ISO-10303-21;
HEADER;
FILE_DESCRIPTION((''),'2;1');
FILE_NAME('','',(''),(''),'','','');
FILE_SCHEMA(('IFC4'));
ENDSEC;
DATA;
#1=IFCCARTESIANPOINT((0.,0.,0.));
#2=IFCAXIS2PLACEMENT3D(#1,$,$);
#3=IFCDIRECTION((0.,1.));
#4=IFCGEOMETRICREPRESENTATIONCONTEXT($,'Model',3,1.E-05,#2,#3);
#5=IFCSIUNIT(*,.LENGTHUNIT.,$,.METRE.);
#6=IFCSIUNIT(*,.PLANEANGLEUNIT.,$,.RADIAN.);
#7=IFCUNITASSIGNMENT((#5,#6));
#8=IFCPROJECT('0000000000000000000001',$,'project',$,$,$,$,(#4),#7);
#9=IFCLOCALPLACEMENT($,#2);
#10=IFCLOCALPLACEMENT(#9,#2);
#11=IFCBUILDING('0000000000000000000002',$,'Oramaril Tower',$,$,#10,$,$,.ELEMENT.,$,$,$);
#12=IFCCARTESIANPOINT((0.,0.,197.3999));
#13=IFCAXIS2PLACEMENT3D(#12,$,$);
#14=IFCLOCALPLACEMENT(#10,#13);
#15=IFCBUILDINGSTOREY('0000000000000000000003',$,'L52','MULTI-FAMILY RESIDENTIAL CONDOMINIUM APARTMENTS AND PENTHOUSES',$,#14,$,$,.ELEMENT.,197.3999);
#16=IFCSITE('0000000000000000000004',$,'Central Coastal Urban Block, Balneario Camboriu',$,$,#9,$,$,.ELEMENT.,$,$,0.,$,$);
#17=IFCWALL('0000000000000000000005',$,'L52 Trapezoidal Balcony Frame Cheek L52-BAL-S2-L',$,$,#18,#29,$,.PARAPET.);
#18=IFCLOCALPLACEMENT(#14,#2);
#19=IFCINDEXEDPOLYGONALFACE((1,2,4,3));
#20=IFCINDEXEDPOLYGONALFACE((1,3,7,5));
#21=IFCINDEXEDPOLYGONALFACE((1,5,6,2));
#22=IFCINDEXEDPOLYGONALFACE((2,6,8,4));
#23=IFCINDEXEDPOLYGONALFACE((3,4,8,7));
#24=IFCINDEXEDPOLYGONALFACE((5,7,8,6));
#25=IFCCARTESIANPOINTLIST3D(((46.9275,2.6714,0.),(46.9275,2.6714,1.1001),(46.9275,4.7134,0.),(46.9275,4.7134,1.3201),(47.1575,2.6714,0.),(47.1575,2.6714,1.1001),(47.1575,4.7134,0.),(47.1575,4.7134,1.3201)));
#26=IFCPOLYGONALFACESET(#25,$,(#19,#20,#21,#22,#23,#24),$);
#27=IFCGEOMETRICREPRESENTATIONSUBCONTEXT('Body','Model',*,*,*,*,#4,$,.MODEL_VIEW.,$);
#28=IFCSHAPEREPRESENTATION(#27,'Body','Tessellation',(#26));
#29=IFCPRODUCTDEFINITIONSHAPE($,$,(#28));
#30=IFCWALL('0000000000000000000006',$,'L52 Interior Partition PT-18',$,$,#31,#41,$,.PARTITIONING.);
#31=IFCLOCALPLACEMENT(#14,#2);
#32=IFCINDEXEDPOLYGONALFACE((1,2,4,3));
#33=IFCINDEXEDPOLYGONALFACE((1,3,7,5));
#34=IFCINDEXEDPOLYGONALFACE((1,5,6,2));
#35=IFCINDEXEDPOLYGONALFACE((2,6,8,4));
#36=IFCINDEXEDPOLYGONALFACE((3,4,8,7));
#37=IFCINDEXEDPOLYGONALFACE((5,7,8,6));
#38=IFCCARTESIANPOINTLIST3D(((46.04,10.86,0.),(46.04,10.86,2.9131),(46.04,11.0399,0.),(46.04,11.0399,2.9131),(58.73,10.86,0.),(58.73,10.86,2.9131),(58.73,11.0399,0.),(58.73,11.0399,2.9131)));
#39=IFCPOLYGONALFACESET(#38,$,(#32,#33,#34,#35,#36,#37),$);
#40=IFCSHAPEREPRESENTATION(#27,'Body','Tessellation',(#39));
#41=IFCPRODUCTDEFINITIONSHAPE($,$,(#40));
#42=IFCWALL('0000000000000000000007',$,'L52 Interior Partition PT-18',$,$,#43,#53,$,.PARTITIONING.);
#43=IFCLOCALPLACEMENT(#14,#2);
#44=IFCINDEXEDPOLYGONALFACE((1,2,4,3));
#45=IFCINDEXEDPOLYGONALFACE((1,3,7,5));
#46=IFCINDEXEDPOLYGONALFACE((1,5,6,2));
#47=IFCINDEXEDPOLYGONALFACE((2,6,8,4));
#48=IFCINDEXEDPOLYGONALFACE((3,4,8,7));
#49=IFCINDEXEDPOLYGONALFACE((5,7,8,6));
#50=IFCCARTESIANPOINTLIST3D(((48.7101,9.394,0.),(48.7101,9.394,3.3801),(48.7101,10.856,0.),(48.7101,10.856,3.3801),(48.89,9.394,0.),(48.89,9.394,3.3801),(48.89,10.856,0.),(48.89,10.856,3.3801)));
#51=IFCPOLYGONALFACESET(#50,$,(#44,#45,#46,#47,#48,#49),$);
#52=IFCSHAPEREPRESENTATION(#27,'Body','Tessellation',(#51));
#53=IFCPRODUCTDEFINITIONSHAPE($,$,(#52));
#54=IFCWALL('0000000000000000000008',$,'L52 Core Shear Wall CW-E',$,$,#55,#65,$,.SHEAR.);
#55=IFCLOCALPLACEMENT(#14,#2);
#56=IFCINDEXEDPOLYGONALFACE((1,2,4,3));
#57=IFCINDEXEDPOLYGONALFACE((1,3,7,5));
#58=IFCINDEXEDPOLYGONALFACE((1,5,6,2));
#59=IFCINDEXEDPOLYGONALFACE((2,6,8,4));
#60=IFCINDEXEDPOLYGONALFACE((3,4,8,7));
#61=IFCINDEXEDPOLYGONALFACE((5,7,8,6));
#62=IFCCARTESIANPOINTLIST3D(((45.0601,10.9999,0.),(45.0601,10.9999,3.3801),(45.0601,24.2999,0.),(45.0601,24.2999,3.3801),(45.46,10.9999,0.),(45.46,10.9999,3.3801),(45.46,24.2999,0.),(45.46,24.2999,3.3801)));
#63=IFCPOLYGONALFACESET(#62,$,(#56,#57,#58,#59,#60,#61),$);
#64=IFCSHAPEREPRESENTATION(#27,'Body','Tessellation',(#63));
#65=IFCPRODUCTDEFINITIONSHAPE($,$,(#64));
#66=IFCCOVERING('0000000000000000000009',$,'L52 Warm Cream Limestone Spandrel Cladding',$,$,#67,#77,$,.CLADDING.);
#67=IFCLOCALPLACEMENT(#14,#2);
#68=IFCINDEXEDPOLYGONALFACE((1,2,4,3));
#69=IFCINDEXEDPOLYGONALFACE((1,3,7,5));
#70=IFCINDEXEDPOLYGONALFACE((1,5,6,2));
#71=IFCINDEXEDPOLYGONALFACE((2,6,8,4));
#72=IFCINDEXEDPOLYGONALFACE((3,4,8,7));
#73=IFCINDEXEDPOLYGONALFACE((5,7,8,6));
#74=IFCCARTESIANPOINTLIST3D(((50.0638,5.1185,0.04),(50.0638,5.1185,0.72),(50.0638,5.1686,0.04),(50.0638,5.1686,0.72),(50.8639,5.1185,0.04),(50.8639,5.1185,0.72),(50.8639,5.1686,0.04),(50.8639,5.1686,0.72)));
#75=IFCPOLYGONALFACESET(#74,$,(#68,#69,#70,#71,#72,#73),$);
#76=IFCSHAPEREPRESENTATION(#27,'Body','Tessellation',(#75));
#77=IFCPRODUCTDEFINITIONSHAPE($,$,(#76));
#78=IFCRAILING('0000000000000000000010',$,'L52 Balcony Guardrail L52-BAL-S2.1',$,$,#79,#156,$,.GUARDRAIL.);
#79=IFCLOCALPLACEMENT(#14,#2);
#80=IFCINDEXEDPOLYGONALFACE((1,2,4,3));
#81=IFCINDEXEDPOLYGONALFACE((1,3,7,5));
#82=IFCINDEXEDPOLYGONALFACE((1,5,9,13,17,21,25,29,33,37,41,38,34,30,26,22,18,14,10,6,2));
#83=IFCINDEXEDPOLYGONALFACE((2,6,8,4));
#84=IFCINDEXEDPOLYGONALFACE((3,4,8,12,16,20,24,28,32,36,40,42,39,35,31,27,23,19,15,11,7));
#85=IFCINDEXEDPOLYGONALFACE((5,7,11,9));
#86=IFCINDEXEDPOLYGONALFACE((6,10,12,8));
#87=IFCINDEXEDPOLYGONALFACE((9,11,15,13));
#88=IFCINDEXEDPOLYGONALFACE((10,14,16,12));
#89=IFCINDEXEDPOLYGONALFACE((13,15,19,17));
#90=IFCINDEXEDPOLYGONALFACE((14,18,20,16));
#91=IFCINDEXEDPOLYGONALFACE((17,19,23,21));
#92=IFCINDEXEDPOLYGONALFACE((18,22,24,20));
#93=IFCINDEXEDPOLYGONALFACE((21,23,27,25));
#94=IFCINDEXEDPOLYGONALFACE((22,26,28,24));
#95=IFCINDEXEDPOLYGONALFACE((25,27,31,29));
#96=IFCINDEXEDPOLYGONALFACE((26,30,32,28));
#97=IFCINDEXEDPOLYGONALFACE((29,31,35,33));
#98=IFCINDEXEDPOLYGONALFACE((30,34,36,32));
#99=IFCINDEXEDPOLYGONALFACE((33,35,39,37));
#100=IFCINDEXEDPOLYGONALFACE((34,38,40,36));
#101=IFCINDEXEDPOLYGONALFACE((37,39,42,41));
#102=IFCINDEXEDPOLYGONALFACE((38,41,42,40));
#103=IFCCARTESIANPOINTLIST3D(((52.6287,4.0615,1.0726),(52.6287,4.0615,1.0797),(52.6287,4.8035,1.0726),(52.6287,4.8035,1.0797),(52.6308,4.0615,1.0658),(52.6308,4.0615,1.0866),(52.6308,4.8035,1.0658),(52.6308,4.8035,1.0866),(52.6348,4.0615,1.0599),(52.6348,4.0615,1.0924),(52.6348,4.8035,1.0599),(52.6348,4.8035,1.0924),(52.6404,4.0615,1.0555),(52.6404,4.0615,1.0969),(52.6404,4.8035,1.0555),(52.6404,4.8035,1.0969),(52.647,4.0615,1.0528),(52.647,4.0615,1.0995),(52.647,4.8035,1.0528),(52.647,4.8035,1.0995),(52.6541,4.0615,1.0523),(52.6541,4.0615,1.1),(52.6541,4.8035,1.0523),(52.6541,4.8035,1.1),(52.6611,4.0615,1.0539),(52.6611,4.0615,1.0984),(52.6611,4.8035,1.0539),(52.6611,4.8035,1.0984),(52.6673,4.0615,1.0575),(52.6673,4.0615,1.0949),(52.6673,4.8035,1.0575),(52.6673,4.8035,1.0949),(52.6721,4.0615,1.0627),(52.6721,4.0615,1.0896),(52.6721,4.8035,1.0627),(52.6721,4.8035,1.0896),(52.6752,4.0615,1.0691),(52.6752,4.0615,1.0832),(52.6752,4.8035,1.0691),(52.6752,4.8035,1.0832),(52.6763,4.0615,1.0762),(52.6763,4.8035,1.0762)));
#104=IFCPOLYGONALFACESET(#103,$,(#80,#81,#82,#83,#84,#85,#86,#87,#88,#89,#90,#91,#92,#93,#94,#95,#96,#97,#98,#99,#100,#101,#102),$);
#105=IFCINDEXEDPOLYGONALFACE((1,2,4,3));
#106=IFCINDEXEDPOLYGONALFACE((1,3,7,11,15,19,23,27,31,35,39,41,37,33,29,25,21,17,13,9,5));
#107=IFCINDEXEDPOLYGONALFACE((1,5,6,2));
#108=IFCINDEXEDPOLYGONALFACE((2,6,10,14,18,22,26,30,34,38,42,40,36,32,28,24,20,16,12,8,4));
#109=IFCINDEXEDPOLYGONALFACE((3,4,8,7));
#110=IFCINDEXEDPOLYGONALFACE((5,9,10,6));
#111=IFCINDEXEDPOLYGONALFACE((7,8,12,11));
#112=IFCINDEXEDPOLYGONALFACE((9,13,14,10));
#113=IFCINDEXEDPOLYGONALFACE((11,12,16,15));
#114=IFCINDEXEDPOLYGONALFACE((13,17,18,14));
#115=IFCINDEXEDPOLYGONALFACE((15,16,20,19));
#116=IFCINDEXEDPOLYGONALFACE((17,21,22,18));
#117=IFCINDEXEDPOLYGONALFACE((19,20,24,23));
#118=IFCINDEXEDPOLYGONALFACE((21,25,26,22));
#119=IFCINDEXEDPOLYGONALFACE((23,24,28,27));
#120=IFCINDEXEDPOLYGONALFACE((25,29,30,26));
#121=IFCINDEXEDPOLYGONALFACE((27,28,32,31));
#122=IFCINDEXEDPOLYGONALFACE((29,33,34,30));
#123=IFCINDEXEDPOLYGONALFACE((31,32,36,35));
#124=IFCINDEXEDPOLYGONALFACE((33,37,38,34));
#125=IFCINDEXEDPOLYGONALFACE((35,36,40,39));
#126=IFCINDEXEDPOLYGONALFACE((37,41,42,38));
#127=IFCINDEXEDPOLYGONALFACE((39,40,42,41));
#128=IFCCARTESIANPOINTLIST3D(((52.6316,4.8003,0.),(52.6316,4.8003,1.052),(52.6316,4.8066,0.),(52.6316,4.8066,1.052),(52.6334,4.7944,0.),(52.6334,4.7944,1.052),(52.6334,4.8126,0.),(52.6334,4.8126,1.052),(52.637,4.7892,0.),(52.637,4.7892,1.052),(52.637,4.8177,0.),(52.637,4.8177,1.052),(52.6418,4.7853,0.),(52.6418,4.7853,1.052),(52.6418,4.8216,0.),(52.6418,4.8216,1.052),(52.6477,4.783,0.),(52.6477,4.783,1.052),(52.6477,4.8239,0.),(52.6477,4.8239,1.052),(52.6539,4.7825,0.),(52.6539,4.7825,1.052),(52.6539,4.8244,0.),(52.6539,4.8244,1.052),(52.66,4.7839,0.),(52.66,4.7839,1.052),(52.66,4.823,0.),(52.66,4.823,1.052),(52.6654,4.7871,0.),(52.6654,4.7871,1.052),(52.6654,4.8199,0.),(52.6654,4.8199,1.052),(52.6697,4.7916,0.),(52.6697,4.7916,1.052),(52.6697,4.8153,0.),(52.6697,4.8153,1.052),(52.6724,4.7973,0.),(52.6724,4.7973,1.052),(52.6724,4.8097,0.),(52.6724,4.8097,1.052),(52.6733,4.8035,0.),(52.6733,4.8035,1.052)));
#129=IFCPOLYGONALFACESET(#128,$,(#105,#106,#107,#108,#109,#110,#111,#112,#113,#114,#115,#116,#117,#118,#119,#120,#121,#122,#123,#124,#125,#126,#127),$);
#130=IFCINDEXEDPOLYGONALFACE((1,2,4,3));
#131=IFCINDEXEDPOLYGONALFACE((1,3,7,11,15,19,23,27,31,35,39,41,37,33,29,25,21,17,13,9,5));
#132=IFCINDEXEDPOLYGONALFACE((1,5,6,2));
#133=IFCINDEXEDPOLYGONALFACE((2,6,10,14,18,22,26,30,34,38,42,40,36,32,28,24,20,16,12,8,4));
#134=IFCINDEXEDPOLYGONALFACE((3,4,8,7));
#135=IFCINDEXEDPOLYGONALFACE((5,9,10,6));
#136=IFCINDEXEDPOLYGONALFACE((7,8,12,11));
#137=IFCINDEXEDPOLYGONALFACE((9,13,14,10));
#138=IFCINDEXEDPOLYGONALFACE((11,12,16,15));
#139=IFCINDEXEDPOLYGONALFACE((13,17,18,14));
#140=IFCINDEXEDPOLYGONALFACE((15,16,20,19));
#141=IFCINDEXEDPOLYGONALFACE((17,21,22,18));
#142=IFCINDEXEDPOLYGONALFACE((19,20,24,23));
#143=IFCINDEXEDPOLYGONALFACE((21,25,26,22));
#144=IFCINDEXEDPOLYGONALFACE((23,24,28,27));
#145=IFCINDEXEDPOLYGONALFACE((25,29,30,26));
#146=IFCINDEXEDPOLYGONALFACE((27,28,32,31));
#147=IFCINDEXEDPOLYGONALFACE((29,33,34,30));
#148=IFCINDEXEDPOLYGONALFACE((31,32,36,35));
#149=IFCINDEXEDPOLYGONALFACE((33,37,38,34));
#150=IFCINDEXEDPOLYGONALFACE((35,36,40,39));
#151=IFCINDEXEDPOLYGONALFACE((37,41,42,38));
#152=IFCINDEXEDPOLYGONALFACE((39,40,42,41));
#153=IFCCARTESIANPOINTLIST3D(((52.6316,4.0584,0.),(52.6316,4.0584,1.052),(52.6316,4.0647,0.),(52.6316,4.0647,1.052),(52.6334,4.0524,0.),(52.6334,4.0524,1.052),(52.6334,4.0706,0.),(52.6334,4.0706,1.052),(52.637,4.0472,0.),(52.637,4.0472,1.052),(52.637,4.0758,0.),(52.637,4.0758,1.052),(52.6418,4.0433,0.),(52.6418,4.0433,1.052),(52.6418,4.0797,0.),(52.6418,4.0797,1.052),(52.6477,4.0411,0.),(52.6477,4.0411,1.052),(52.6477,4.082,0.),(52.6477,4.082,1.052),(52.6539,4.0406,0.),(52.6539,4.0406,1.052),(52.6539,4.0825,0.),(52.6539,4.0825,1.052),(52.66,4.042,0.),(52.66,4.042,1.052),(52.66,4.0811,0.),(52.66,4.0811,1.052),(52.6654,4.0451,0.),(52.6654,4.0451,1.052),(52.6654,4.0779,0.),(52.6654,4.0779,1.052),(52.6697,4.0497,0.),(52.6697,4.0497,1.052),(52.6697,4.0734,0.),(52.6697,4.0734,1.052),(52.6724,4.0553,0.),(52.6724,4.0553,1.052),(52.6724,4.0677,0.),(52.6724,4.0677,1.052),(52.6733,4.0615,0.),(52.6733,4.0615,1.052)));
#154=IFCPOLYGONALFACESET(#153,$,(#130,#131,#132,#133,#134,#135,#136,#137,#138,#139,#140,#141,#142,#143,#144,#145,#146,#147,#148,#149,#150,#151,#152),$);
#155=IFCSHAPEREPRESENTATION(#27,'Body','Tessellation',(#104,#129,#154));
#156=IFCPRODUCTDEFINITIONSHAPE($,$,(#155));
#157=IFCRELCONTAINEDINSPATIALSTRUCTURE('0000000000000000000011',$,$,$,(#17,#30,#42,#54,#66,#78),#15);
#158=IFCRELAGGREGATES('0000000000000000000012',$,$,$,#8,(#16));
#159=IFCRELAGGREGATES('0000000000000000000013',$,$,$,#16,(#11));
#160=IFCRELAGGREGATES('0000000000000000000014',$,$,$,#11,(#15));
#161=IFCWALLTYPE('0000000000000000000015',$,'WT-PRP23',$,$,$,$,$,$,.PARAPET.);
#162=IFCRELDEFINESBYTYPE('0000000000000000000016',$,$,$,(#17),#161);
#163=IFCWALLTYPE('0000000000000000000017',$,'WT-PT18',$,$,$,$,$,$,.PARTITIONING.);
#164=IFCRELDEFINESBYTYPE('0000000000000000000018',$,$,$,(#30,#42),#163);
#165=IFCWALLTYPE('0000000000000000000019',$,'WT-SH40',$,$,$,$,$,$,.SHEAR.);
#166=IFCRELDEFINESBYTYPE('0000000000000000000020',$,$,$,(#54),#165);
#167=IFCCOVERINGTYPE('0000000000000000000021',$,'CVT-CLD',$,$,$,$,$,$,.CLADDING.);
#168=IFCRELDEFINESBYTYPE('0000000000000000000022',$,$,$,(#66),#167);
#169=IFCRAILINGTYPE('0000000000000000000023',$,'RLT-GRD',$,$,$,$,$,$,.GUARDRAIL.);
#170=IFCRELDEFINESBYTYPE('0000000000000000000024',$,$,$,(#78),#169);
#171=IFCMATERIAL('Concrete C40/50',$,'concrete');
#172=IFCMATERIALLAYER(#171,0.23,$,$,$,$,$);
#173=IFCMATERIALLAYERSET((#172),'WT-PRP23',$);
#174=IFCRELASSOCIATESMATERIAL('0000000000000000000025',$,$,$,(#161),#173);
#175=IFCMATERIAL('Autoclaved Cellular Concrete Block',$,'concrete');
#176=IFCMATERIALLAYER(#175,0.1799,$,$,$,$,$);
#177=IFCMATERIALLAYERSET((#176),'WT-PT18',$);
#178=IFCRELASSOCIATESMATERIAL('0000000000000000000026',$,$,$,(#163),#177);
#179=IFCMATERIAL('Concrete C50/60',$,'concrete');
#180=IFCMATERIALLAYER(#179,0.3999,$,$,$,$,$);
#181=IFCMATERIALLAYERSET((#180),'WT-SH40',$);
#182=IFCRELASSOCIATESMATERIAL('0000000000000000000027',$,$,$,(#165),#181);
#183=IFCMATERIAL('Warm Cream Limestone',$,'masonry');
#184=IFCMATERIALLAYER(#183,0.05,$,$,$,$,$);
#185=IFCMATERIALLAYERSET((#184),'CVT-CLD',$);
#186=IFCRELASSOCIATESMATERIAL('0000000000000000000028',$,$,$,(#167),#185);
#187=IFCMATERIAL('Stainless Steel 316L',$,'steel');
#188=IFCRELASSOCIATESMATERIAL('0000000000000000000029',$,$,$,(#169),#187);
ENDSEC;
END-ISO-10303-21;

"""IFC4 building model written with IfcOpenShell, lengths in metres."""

from ifc_helpers import new_model, si_unit, direction, frame, frame_2d, origin, origin_2d, place, context, subcontext, project, spatial, polyline, rectangle, circle, outline, extrude, material, layer, layer_set, type_object, element, save


model = new_model("IFC4")

# Units and contexts
model_context = context("Model", 3, precision=1e-05, world=origin(), true_north=direction((0.0, 1.0)))
body_context = subcontext(model_context, "Body", "Model", "MODEL_VIEW")
ifc_project = project(units=[si_unit("LENGTHUNIT", "METRE"), si_unit("PLANEANGLEUNIT", "RADIAN")], contexts=[model_context])

# Site, building, storey
site_placement = place(None, origin())
site = spatial("IfcSite", under=ifc_project, at=site_placement, Name="Central Coastal Urban Block, Balneario Camboriu", CompositionType="ELEMENT", RefElevation=0.0)
building_placement = place(site_placement, origin())
building = spatial("IfcBuilding", under=site, at=building_placement, Name="Oramaril Tower", CompositionType="ELEMENT")
storey_placement = place(building_placement, frame((0.0, 0.0, 197.3999)))
storey = spatial("IfcBuildingStorey", under=building, at=storey_placement, Name="L52", Description="MULTI-FAMILY RESIDENTIAL CONDOMINIUM APARTMENTS AND PENTHOUSES", CompositionType="ELEMENT", Elevation=197.3999)

# Walls
ifc_material_1 = material(Name="Concrete C40/50", Category="concrete")
ifc_layer_1 = layer(ifc_material_1, 0.23)
ifc_layer_set_1 = layer_set([ifc_layer_1], Name="WT-PRP23")
wall_type_1 = type_object("IfcWallType", Name="WT-PRP23", PredefinedType="PARAPET", material=ifc_layer_set_1)
wall_1_placement = place(storey_placement, frame((47.0425, 4.7134, 0.0), z_axis=(0.0, 0.0, 1.0), x_axis=(0.0, -1.0, 0.0)))
element("IfcWall", 1, at=wall_1_placement, inside=storey, type_object=wall_type_1, Name="L52 Trapezoidal Balcony Frame Cheek L52-BAL-S2-L", PredefinedType="PARAPET", context=body_context, shape_type="SweptSolid", body=[
    extrude(outline(polyline([(0.0, 0.0), (2.042, 0.0), (2.042, 1.1001), (0.0, 1.3201), (0.0, 0.0)])), frame((0.0, 0.115, 0.0), z_axis=(0.0, -1.0, 0.0), x_axis=(1.0, 0.0, 0.0)), (0.0, 0.0, 1.0), 0.23),
])
ifc_material_2 = material(Name="Autoclaved Cellular Concrete Block", Category="concrete")
ifc_layer_2 = layer(ifc_material_2, 0.1799)
ifc_layer_set_2 = layer_set([ifc_layer_2], Name="WT-PT18")
wall_type_2 = type_object("IfcWallType", Name="WT-PT18", PredefinedType="PARTITIONING", material=ifc_layer_set_2)
wall_2_placement = place(storey_placement, frame((46.04, 10.95, 0.0), z_axis=(0.0, 0.0, 1.0), x_axis=(1.0, 0.0, 0.0)))
element("IfcWall", 2, at=wall_2_placement, inside=storey, type_object=wall_type_2, Name="L52 Interior Partition PT-18", PredefinedType="PARTITIONING", context=body_context, shape_type="SweptSolid", body=[
    extrude(rectangle(XDim=12.6899, YDim=0.1799, at=frame_2d((6.345, 0.0))), origin(), (0.0, 0.0, 1.0), 2.9131),
])
wall_3_placement = place(storey_placement, frame((48.8, 9.394, 0.0), z_axis=(0.0, 0.0, 1.0), x_axis=(0.0, 1.0, 0.0)))
element("IfcWall", 3, at=wall_3_placement, inside=storey, type_object=wall_type_2, Name="L52 Interior Partition PT-18", PredefinedType="PARTITIONING", context=body_context, shape_type="SweptSolid", body=[
    extrude(rectangle(XDim=1.4619, YDim=0.1799, at=frame_2d((0.731, 0.0))), origin(), (0.0, 0.0, 1.0), 3.3801),
])
ifc_material_3 = material(Name="Concrete C50/60", Category="concrete")
ifc_layer_3 = layer(ifc_material_3, 0.3999)
ifc_layer_set_3 = layer_set([ifc_layer_3], Name="WT-SH40")
wall_type_3 = type_object("IfcWallType", Name="WT-SH40", PredefinedType="SHEAR", material=ifc_layer_set_3)
wall_4_placement = place(storey_placement, frame((45.26, 11.0, 0.0), z_axis=(0.0, 0.0, 1.0), x_axis=(0.0, 1.0, 0.0)))
element("IfcWall", 4, at=wall_4_placement, inside=storey, type_object=wall_type_3, Name="L52 Core Shear Wall CW-E", PredefinedType="SHEAR", context=body_context, shape_type="SweptSolid", body=[
    extrude(rectangle(XDim=13.3, YDim=0.3999, at=frame_2d((6.6499, 0.0))), origin(), (0.0, 0.0, 1.0), 3.3801),
])

# Covering
ifc_material_4 = material(Name="Warm Cream Limestone", Category="masonry")
ifc_layer_4 = layer(ifc_material_4, 0.05)
ifc_layer_set_4 = layer_set([ifc_layer_4], Name="CVT-CLD")
covering_type = type_object("IfcCoveringType", Name="CVT-CLD", PredefinedType="CLADDING", material=ifc_layer_set_4)
covering_placement = place(storey_placement, frame((50.4639, 5.1436, 0.04), z_axis=(0.0, 0.0, 1.0), x_axis=(1.0, 0.0, 0.0)))
element("IfcCovering", 5, at=covering_placement, inside=storey, type_object=covering_type, Name="L52 Warm Cream Limestone Spandrel Cladding", PredefinedType="CLADDING", context=body_context, shape_type="SweptSolid", body=[
    extrude(rectangle(XDim=0.8, YDim=0.05, at=origin_2d()), origin(), (0.0, 0.0, 1.0), 0.6799),
])

# Railing
ifc_material_5 = material(Name="Stainless Steel 316L", Category="steel")
railing_type = type_object("IfcRailingType", Name="RLT-GRD", PredefinedType="GUARDRAIL", material=ifc_material_5)
railing_1_placement = place(storey_placement, frame((52.6523, 4.8035, 0.0)))
element("IfcRailing", 6, at=railing_1_placement, inside=storey, type_object=railing_type, Name="L52 Balcony Guardrail L52-BAL-S2.1", PredefinedType="GUARDRAIL", context=body_context, shape_type="SweptSolid", body=[
    extrude(circle(Radius=0.0239, at=origin_2d()), frame((0.0, 0.0, 1.0762), z_axis=(0.0, -1.0, 0.0), x_axis=(1.0, 0.0, 0.0)), (0.0, 0.0, 1.0), 0.7419),
    extrude(circle(Radius=0.021, at=origin_2d()), origin(), (0.0, 0.0, 1.0), 1.052),
    extrude(circle(Radius=0.021, at=origin_2d()), frame((0.0, -0.7419, 0.0)), (0.0, 0.0, 1.0), 1.052),
])

save(model, "model.ifc")
